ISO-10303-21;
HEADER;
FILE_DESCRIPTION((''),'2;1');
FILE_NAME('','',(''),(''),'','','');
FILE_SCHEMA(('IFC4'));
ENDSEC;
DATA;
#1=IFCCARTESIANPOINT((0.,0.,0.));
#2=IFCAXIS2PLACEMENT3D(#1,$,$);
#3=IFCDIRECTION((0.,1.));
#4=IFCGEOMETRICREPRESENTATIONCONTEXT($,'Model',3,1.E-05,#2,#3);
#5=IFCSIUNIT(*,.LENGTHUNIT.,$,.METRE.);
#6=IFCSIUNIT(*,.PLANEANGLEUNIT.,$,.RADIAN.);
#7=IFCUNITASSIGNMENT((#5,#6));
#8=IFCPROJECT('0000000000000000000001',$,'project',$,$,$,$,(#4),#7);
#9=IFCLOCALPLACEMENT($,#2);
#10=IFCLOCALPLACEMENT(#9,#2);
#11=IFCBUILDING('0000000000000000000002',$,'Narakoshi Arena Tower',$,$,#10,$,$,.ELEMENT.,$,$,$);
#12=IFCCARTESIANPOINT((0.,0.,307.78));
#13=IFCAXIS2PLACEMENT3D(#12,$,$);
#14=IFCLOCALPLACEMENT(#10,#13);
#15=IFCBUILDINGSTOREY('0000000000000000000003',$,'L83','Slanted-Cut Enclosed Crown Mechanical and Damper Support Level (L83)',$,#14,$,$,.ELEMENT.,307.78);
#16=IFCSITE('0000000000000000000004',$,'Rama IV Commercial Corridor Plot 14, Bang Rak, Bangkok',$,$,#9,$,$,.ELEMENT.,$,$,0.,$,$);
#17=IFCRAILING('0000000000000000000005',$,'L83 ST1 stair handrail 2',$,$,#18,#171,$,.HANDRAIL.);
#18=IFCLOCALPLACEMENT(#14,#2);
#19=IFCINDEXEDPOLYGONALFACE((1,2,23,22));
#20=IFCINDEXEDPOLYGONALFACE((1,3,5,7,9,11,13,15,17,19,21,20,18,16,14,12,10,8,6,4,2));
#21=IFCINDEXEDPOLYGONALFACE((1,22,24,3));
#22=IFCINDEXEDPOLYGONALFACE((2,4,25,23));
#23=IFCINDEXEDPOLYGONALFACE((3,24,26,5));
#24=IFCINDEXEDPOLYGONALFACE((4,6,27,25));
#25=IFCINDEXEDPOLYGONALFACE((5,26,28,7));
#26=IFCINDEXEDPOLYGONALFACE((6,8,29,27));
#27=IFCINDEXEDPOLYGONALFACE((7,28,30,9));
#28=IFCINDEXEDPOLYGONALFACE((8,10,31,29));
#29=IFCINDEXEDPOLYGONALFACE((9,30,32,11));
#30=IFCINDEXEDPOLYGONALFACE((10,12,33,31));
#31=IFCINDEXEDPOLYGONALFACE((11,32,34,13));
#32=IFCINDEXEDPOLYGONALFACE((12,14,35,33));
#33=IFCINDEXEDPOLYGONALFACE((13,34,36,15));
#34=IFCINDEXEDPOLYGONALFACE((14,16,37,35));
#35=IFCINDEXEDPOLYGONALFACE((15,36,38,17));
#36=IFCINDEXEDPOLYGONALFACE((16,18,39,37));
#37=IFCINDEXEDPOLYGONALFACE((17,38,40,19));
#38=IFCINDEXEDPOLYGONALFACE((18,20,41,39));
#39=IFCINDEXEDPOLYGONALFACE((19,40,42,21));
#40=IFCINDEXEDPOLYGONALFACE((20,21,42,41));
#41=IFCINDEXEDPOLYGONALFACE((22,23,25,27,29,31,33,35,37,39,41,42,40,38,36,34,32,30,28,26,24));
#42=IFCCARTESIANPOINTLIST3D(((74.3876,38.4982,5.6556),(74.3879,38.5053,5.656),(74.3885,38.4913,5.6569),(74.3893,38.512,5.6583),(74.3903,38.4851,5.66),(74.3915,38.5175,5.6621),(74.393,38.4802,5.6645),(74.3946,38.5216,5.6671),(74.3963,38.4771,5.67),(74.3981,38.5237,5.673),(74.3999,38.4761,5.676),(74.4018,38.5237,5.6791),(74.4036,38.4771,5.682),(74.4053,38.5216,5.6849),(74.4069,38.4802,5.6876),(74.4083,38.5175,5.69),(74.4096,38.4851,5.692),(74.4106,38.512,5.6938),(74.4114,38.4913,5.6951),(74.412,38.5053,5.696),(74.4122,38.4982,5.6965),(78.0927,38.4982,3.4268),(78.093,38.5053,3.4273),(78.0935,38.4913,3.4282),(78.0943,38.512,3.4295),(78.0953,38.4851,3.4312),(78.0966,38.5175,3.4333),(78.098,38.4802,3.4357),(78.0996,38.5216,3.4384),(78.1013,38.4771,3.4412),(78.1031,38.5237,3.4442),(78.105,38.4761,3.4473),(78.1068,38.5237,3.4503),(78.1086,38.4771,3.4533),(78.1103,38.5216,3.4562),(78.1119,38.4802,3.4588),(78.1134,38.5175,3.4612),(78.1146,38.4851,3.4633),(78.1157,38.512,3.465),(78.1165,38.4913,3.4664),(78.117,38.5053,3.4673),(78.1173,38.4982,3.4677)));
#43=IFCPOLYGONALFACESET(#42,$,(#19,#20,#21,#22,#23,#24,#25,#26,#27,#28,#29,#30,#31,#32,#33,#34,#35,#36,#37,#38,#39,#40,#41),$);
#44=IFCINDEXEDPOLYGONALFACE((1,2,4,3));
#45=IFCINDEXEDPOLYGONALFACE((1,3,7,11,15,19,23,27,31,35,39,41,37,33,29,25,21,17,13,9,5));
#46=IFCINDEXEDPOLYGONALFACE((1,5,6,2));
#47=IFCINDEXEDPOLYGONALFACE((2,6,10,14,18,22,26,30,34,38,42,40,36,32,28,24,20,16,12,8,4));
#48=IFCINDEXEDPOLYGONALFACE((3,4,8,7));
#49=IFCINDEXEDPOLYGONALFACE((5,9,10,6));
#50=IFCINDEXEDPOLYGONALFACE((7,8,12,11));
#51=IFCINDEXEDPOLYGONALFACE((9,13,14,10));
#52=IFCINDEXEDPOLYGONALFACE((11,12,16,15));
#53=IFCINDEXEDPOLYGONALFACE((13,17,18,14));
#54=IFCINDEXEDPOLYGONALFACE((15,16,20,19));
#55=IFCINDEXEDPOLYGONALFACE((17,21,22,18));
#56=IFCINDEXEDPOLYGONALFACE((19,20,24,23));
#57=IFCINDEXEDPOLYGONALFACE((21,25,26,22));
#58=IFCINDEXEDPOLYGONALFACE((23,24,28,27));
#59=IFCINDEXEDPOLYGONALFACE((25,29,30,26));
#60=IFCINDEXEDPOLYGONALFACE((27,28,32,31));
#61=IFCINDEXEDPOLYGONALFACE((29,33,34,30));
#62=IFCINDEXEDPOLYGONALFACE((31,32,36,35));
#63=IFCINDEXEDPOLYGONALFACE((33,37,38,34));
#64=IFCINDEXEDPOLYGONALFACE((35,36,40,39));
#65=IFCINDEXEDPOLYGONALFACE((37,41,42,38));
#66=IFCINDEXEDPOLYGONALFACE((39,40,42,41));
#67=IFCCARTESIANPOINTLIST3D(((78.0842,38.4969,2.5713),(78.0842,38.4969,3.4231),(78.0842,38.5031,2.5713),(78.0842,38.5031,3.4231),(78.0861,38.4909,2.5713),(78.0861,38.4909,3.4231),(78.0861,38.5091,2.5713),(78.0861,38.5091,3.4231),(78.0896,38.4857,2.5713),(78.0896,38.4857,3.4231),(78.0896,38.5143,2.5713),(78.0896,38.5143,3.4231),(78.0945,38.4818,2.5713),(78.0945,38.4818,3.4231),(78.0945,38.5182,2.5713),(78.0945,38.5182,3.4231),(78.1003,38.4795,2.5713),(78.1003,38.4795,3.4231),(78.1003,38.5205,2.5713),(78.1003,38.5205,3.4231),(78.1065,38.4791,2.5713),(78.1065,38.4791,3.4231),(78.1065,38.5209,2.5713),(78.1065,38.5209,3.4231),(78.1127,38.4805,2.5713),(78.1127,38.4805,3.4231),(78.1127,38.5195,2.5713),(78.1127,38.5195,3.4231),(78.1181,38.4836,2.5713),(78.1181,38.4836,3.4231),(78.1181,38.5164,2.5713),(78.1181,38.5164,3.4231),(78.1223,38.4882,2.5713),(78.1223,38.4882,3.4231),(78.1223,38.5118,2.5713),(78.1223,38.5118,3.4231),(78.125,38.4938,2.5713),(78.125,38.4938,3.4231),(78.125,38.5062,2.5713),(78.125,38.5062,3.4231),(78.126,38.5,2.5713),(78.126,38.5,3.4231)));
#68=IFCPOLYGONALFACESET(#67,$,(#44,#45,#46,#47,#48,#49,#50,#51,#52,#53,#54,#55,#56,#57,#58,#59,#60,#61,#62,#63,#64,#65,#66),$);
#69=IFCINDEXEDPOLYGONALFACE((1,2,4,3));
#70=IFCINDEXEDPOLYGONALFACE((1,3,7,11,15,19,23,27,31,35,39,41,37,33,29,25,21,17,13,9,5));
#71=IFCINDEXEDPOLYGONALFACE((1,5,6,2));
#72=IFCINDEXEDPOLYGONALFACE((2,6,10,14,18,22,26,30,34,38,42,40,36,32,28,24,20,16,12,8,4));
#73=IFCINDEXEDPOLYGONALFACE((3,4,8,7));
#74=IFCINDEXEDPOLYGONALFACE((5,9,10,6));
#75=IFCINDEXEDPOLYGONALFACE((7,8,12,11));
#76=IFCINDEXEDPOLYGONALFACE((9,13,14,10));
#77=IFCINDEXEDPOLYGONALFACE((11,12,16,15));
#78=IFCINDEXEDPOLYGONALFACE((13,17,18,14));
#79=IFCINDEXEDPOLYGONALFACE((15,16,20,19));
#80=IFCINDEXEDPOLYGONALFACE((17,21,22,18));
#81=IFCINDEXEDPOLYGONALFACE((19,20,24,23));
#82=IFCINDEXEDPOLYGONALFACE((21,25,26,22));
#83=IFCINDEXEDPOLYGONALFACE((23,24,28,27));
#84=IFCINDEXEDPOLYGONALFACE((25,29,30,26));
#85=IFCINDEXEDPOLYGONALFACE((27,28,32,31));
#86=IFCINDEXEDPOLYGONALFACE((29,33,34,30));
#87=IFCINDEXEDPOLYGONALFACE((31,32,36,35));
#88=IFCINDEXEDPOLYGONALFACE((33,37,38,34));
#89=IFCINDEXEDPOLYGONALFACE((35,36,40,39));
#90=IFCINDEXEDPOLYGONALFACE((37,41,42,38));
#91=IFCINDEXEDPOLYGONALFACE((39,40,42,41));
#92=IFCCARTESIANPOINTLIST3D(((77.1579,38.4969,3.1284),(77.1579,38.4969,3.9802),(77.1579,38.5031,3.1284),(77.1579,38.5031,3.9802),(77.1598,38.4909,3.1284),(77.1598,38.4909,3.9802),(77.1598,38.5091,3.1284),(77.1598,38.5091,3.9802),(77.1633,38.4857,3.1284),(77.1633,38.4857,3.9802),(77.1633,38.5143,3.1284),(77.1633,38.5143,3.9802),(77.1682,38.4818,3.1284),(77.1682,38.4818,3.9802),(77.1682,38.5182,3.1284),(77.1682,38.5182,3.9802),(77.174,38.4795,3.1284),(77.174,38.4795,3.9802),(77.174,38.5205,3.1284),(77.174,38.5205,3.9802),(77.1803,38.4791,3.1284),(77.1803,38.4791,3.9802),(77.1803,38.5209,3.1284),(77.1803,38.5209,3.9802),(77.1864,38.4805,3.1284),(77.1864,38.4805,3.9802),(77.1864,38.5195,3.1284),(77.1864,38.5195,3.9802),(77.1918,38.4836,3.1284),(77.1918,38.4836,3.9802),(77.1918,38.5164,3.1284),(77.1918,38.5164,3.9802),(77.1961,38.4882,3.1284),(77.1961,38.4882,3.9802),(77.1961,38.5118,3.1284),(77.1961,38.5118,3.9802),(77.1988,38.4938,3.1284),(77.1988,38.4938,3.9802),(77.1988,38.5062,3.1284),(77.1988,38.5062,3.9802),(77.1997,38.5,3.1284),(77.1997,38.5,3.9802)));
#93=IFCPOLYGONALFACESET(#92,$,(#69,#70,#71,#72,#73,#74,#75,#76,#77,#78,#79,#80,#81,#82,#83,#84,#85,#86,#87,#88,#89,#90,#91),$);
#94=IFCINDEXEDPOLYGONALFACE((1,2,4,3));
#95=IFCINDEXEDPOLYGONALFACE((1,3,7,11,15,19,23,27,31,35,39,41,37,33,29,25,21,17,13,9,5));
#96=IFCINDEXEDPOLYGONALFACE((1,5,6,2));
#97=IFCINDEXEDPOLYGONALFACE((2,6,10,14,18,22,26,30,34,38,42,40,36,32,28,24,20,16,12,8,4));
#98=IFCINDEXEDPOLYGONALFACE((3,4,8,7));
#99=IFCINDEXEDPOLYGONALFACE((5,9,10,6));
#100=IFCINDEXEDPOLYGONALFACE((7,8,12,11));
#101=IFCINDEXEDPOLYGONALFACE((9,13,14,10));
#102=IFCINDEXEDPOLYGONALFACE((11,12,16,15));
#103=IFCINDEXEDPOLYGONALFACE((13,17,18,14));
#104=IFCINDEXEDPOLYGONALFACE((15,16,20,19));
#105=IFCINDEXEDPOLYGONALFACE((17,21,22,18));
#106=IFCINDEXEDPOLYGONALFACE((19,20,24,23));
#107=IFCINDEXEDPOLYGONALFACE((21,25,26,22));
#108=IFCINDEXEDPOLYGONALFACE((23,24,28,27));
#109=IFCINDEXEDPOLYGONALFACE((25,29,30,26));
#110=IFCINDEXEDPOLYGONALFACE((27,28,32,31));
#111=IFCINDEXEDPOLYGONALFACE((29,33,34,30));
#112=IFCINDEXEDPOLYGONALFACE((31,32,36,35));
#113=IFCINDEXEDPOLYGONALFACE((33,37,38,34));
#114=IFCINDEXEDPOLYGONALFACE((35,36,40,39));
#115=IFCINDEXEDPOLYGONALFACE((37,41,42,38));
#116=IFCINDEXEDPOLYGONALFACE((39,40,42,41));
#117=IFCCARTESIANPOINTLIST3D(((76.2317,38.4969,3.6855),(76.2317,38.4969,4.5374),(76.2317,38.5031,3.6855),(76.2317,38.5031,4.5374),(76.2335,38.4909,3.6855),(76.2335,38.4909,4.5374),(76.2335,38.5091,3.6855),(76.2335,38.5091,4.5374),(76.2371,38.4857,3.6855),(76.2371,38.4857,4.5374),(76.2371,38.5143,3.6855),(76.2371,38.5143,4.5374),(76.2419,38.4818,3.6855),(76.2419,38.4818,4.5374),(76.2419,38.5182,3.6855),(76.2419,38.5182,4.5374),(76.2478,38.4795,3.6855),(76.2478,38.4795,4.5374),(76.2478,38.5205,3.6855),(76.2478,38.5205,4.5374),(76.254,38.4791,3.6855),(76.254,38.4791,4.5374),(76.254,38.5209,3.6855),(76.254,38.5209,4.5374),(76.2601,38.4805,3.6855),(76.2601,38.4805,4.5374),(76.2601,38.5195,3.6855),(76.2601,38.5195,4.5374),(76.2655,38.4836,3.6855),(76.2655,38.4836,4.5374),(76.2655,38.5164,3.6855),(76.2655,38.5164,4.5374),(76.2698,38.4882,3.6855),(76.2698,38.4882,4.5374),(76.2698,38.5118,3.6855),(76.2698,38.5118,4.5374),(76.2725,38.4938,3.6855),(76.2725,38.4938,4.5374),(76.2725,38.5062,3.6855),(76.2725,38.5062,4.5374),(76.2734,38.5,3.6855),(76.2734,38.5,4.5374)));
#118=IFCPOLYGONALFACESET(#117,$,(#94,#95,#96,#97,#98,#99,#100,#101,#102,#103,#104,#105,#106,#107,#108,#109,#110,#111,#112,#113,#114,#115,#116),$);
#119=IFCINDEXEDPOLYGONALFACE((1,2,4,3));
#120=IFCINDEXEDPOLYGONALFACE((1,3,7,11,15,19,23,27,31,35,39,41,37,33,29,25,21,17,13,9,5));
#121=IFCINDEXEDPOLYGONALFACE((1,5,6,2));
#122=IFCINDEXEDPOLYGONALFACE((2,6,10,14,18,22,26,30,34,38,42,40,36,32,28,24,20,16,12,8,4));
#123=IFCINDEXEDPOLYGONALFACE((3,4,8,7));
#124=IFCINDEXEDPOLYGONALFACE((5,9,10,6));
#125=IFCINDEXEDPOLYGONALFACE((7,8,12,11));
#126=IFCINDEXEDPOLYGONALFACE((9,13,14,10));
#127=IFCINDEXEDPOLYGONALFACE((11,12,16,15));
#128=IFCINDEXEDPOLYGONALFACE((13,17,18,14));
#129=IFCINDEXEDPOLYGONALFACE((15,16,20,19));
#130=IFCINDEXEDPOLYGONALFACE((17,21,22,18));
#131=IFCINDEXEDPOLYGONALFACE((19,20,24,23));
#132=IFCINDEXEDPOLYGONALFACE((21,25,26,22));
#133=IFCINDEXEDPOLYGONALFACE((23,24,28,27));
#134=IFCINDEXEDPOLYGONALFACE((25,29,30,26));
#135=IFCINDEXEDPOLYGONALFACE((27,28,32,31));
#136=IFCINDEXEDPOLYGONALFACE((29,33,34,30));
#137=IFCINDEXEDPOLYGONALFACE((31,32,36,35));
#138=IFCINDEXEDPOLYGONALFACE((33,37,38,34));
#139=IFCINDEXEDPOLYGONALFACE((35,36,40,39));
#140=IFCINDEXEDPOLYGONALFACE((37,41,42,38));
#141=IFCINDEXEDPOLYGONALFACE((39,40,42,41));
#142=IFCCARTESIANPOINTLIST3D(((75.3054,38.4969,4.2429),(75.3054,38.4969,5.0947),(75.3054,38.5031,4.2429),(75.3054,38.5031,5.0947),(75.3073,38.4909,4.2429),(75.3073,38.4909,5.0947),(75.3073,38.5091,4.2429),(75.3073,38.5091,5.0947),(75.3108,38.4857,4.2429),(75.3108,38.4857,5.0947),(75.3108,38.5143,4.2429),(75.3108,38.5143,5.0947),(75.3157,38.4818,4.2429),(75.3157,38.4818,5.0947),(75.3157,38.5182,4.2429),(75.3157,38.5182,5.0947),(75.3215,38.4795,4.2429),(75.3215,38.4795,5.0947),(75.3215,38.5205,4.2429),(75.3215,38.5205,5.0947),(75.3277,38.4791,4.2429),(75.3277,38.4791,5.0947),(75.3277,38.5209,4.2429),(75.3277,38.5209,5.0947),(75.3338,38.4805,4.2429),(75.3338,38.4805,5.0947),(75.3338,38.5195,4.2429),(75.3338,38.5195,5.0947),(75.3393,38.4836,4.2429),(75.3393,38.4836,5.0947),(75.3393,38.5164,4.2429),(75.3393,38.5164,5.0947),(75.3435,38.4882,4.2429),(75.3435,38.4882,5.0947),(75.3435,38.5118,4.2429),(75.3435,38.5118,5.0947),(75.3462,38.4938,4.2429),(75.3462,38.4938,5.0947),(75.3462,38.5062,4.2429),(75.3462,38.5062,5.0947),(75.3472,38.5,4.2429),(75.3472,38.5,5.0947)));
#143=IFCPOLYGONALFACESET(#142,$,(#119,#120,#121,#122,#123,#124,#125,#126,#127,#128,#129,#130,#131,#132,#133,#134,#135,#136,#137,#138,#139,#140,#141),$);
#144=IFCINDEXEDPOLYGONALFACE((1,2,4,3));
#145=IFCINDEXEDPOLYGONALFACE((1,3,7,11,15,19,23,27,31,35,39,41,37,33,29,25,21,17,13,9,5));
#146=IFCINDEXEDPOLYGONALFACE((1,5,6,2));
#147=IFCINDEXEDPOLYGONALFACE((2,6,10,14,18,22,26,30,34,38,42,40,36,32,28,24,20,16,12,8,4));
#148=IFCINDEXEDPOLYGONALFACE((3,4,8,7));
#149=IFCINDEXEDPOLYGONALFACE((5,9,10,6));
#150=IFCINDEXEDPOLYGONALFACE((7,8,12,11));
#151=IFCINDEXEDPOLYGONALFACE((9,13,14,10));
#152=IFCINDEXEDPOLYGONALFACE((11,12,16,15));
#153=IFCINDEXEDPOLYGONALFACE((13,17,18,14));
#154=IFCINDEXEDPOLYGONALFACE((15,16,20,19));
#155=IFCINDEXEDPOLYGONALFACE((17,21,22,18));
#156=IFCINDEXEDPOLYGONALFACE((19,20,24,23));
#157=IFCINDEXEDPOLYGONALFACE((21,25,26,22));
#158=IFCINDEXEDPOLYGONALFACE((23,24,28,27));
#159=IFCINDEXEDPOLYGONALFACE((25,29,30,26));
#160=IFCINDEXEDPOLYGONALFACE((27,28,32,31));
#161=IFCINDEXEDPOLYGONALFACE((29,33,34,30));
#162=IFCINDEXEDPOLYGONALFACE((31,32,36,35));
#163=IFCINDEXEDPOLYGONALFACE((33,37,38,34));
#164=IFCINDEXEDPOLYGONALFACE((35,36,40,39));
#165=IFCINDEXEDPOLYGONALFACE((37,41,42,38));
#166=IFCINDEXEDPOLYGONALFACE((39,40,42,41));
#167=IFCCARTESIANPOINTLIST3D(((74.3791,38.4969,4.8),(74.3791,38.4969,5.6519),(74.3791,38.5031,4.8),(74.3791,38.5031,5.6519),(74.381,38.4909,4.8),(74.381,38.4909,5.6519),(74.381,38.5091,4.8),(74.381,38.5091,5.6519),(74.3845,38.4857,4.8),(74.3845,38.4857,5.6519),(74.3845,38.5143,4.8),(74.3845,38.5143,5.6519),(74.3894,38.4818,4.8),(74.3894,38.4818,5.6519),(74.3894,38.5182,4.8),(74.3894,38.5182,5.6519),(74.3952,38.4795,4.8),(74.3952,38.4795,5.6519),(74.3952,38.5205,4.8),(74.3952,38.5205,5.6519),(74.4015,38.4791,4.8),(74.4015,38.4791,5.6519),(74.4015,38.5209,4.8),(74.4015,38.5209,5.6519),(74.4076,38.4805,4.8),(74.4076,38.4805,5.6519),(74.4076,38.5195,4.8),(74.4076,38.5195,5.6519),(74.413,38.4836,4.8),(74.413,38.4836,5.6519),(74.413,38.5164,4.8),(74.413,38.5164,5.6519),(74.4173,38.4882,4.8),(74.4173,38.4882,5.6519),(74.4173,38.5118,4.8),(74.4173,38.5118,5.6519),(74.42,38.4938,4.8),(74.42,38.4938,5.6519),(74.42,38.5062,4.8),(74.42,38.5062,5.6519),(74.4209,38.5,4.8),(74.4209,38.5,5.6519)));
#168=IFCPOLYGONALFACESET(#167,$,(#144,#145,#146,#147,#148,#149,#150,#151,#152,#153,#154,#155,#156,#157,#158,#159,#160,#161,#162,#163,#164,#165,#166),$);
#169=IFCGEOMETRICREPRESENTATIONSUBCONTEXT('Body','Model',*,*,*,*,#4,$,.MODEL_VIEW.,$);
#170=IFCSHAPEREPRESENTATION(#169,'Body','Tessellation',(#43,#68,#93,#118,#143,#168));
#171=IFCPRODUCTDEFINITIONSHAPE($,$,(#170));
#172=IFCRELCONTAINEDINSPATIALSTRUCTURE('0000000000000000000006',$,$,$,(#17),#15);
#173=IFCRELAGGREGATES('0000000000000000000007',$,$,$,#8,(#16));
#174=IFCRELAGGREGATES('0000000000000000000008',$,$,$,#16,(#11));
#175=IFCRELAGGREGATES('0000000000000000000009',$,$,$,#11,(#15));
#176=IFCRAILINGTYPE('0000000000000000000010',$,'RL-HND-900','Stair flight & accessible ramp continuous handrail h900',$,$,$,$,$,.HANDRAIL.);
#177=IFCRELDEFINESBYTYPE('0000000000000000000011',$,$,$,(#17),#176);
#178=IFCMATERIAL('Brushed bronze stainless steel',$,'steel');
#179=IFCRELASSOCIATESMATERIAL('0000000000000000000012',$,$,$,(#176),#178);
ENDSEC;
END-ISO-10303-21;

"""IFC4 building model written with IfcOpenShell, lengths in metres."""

from ifc_helpers import new_model, si_unit, direction, frame, origin, origin_2d, place, context, subcontext, project, spatial, circle, extrude, material, type_object, element, save


model = new_model("IFC4")

# Units and contexts
model_context = context("Model", 3, precision=1e-05, world=origin(), true_north=direction((0.0, 1.0)))
body_context = subcontext(model_context, "Body", "Model", "MODEL_VIEW")
ifc_project = project(units=[si_unit("LENGTHUNIT", "METRE"), si_unit("PLANEANGLEUNIT", "RADIAN")], contexts=[model_context])

# Site, building, storey
site_placement = place(None, origin())
site = spatial("IfcSite", under=ifc_project, at=site_placement, Name="Rama IV Commercial Corridor Plot 14, Bang Rak, Bangkok", CompositionType="ELEMENT", RefElevation=0.0)
building_placement = place(site_placement, origin())
building = spatial("IfcBuilding", under=site, at=building_placement, Name="Narakoshi Arena Tower", CompositionType="ELEMENT")
storey_placement = place(building_placement, frame((0.0, 0.0, 307.78)))
storey = spatial("IfcBuildingStorey", under=building, at=storey_placement, Name="L83", Description="Slanted-Cut Enclosed Crown Mechanical and Damper Support Level (L83)", CompositionType="ELEMENT", Elevation=307.78)

# Railing
ifc_material_1 = material(Name="Brushed bronze stainless steel", Category="steel")
railing_type_1 = type_object("IfcRailingType", Name="RL-HND-900", Description="Stair flight & accessible ramp continuous handrail h900", PredefinedType="HANDRAIL", material=ifc_material_1)
railing_1_placement = place(storey_placement, frame((78.105, 38.5, 2.5713)))
element("IfcRailing", 1, at=railing_1_placement, inside=storey, type_object=railing_type_1, Name="L83 ST1 stair handrail 2", PredefinedType="HANDRAIL", context=body_context, shape_type="SweptSolid", body=[
    extrude(circle(Radius=0.0239, at=origin_2d()), frame((0.0, 0.0, 0.876), z_axis=(-0.856909, 0.0, 0.515467), x_axis=(0.0, -1.0, 0.0)), (0.0, 0.0, 1.0), 4.3237),
    extrude(circle(Radius=0.021, at=origin_2d()), origin(), (0.0, 0.0, 1.0), 0.8518),
    extrude(circle(Radius=0.021, at=origin_2d()), frame((-0.9263, 0.0, 0.5571)), (0.0, 0.0, 1.0), 0.8518),
    extrude(circle(Radius=0.021, at=origin_2d()), frame((-1.8525, 0.0, 1.1143)), (0.0, 0.0, 1.0), 0.8518),
    extrude(circle(Radius=0.021, at=origin_2d()), frame((-2.7788, 0.0, 1.6716)), (0.0, 0.0, 1.0), 0.8518),
    extrude(circle(Radius=0.021, at=origin_2d()), frame((-3.7051, 0.0, 2.2288)), (0.0, 0.0, 1.0), 0.8518),
])

save(model, "model.ifc")
